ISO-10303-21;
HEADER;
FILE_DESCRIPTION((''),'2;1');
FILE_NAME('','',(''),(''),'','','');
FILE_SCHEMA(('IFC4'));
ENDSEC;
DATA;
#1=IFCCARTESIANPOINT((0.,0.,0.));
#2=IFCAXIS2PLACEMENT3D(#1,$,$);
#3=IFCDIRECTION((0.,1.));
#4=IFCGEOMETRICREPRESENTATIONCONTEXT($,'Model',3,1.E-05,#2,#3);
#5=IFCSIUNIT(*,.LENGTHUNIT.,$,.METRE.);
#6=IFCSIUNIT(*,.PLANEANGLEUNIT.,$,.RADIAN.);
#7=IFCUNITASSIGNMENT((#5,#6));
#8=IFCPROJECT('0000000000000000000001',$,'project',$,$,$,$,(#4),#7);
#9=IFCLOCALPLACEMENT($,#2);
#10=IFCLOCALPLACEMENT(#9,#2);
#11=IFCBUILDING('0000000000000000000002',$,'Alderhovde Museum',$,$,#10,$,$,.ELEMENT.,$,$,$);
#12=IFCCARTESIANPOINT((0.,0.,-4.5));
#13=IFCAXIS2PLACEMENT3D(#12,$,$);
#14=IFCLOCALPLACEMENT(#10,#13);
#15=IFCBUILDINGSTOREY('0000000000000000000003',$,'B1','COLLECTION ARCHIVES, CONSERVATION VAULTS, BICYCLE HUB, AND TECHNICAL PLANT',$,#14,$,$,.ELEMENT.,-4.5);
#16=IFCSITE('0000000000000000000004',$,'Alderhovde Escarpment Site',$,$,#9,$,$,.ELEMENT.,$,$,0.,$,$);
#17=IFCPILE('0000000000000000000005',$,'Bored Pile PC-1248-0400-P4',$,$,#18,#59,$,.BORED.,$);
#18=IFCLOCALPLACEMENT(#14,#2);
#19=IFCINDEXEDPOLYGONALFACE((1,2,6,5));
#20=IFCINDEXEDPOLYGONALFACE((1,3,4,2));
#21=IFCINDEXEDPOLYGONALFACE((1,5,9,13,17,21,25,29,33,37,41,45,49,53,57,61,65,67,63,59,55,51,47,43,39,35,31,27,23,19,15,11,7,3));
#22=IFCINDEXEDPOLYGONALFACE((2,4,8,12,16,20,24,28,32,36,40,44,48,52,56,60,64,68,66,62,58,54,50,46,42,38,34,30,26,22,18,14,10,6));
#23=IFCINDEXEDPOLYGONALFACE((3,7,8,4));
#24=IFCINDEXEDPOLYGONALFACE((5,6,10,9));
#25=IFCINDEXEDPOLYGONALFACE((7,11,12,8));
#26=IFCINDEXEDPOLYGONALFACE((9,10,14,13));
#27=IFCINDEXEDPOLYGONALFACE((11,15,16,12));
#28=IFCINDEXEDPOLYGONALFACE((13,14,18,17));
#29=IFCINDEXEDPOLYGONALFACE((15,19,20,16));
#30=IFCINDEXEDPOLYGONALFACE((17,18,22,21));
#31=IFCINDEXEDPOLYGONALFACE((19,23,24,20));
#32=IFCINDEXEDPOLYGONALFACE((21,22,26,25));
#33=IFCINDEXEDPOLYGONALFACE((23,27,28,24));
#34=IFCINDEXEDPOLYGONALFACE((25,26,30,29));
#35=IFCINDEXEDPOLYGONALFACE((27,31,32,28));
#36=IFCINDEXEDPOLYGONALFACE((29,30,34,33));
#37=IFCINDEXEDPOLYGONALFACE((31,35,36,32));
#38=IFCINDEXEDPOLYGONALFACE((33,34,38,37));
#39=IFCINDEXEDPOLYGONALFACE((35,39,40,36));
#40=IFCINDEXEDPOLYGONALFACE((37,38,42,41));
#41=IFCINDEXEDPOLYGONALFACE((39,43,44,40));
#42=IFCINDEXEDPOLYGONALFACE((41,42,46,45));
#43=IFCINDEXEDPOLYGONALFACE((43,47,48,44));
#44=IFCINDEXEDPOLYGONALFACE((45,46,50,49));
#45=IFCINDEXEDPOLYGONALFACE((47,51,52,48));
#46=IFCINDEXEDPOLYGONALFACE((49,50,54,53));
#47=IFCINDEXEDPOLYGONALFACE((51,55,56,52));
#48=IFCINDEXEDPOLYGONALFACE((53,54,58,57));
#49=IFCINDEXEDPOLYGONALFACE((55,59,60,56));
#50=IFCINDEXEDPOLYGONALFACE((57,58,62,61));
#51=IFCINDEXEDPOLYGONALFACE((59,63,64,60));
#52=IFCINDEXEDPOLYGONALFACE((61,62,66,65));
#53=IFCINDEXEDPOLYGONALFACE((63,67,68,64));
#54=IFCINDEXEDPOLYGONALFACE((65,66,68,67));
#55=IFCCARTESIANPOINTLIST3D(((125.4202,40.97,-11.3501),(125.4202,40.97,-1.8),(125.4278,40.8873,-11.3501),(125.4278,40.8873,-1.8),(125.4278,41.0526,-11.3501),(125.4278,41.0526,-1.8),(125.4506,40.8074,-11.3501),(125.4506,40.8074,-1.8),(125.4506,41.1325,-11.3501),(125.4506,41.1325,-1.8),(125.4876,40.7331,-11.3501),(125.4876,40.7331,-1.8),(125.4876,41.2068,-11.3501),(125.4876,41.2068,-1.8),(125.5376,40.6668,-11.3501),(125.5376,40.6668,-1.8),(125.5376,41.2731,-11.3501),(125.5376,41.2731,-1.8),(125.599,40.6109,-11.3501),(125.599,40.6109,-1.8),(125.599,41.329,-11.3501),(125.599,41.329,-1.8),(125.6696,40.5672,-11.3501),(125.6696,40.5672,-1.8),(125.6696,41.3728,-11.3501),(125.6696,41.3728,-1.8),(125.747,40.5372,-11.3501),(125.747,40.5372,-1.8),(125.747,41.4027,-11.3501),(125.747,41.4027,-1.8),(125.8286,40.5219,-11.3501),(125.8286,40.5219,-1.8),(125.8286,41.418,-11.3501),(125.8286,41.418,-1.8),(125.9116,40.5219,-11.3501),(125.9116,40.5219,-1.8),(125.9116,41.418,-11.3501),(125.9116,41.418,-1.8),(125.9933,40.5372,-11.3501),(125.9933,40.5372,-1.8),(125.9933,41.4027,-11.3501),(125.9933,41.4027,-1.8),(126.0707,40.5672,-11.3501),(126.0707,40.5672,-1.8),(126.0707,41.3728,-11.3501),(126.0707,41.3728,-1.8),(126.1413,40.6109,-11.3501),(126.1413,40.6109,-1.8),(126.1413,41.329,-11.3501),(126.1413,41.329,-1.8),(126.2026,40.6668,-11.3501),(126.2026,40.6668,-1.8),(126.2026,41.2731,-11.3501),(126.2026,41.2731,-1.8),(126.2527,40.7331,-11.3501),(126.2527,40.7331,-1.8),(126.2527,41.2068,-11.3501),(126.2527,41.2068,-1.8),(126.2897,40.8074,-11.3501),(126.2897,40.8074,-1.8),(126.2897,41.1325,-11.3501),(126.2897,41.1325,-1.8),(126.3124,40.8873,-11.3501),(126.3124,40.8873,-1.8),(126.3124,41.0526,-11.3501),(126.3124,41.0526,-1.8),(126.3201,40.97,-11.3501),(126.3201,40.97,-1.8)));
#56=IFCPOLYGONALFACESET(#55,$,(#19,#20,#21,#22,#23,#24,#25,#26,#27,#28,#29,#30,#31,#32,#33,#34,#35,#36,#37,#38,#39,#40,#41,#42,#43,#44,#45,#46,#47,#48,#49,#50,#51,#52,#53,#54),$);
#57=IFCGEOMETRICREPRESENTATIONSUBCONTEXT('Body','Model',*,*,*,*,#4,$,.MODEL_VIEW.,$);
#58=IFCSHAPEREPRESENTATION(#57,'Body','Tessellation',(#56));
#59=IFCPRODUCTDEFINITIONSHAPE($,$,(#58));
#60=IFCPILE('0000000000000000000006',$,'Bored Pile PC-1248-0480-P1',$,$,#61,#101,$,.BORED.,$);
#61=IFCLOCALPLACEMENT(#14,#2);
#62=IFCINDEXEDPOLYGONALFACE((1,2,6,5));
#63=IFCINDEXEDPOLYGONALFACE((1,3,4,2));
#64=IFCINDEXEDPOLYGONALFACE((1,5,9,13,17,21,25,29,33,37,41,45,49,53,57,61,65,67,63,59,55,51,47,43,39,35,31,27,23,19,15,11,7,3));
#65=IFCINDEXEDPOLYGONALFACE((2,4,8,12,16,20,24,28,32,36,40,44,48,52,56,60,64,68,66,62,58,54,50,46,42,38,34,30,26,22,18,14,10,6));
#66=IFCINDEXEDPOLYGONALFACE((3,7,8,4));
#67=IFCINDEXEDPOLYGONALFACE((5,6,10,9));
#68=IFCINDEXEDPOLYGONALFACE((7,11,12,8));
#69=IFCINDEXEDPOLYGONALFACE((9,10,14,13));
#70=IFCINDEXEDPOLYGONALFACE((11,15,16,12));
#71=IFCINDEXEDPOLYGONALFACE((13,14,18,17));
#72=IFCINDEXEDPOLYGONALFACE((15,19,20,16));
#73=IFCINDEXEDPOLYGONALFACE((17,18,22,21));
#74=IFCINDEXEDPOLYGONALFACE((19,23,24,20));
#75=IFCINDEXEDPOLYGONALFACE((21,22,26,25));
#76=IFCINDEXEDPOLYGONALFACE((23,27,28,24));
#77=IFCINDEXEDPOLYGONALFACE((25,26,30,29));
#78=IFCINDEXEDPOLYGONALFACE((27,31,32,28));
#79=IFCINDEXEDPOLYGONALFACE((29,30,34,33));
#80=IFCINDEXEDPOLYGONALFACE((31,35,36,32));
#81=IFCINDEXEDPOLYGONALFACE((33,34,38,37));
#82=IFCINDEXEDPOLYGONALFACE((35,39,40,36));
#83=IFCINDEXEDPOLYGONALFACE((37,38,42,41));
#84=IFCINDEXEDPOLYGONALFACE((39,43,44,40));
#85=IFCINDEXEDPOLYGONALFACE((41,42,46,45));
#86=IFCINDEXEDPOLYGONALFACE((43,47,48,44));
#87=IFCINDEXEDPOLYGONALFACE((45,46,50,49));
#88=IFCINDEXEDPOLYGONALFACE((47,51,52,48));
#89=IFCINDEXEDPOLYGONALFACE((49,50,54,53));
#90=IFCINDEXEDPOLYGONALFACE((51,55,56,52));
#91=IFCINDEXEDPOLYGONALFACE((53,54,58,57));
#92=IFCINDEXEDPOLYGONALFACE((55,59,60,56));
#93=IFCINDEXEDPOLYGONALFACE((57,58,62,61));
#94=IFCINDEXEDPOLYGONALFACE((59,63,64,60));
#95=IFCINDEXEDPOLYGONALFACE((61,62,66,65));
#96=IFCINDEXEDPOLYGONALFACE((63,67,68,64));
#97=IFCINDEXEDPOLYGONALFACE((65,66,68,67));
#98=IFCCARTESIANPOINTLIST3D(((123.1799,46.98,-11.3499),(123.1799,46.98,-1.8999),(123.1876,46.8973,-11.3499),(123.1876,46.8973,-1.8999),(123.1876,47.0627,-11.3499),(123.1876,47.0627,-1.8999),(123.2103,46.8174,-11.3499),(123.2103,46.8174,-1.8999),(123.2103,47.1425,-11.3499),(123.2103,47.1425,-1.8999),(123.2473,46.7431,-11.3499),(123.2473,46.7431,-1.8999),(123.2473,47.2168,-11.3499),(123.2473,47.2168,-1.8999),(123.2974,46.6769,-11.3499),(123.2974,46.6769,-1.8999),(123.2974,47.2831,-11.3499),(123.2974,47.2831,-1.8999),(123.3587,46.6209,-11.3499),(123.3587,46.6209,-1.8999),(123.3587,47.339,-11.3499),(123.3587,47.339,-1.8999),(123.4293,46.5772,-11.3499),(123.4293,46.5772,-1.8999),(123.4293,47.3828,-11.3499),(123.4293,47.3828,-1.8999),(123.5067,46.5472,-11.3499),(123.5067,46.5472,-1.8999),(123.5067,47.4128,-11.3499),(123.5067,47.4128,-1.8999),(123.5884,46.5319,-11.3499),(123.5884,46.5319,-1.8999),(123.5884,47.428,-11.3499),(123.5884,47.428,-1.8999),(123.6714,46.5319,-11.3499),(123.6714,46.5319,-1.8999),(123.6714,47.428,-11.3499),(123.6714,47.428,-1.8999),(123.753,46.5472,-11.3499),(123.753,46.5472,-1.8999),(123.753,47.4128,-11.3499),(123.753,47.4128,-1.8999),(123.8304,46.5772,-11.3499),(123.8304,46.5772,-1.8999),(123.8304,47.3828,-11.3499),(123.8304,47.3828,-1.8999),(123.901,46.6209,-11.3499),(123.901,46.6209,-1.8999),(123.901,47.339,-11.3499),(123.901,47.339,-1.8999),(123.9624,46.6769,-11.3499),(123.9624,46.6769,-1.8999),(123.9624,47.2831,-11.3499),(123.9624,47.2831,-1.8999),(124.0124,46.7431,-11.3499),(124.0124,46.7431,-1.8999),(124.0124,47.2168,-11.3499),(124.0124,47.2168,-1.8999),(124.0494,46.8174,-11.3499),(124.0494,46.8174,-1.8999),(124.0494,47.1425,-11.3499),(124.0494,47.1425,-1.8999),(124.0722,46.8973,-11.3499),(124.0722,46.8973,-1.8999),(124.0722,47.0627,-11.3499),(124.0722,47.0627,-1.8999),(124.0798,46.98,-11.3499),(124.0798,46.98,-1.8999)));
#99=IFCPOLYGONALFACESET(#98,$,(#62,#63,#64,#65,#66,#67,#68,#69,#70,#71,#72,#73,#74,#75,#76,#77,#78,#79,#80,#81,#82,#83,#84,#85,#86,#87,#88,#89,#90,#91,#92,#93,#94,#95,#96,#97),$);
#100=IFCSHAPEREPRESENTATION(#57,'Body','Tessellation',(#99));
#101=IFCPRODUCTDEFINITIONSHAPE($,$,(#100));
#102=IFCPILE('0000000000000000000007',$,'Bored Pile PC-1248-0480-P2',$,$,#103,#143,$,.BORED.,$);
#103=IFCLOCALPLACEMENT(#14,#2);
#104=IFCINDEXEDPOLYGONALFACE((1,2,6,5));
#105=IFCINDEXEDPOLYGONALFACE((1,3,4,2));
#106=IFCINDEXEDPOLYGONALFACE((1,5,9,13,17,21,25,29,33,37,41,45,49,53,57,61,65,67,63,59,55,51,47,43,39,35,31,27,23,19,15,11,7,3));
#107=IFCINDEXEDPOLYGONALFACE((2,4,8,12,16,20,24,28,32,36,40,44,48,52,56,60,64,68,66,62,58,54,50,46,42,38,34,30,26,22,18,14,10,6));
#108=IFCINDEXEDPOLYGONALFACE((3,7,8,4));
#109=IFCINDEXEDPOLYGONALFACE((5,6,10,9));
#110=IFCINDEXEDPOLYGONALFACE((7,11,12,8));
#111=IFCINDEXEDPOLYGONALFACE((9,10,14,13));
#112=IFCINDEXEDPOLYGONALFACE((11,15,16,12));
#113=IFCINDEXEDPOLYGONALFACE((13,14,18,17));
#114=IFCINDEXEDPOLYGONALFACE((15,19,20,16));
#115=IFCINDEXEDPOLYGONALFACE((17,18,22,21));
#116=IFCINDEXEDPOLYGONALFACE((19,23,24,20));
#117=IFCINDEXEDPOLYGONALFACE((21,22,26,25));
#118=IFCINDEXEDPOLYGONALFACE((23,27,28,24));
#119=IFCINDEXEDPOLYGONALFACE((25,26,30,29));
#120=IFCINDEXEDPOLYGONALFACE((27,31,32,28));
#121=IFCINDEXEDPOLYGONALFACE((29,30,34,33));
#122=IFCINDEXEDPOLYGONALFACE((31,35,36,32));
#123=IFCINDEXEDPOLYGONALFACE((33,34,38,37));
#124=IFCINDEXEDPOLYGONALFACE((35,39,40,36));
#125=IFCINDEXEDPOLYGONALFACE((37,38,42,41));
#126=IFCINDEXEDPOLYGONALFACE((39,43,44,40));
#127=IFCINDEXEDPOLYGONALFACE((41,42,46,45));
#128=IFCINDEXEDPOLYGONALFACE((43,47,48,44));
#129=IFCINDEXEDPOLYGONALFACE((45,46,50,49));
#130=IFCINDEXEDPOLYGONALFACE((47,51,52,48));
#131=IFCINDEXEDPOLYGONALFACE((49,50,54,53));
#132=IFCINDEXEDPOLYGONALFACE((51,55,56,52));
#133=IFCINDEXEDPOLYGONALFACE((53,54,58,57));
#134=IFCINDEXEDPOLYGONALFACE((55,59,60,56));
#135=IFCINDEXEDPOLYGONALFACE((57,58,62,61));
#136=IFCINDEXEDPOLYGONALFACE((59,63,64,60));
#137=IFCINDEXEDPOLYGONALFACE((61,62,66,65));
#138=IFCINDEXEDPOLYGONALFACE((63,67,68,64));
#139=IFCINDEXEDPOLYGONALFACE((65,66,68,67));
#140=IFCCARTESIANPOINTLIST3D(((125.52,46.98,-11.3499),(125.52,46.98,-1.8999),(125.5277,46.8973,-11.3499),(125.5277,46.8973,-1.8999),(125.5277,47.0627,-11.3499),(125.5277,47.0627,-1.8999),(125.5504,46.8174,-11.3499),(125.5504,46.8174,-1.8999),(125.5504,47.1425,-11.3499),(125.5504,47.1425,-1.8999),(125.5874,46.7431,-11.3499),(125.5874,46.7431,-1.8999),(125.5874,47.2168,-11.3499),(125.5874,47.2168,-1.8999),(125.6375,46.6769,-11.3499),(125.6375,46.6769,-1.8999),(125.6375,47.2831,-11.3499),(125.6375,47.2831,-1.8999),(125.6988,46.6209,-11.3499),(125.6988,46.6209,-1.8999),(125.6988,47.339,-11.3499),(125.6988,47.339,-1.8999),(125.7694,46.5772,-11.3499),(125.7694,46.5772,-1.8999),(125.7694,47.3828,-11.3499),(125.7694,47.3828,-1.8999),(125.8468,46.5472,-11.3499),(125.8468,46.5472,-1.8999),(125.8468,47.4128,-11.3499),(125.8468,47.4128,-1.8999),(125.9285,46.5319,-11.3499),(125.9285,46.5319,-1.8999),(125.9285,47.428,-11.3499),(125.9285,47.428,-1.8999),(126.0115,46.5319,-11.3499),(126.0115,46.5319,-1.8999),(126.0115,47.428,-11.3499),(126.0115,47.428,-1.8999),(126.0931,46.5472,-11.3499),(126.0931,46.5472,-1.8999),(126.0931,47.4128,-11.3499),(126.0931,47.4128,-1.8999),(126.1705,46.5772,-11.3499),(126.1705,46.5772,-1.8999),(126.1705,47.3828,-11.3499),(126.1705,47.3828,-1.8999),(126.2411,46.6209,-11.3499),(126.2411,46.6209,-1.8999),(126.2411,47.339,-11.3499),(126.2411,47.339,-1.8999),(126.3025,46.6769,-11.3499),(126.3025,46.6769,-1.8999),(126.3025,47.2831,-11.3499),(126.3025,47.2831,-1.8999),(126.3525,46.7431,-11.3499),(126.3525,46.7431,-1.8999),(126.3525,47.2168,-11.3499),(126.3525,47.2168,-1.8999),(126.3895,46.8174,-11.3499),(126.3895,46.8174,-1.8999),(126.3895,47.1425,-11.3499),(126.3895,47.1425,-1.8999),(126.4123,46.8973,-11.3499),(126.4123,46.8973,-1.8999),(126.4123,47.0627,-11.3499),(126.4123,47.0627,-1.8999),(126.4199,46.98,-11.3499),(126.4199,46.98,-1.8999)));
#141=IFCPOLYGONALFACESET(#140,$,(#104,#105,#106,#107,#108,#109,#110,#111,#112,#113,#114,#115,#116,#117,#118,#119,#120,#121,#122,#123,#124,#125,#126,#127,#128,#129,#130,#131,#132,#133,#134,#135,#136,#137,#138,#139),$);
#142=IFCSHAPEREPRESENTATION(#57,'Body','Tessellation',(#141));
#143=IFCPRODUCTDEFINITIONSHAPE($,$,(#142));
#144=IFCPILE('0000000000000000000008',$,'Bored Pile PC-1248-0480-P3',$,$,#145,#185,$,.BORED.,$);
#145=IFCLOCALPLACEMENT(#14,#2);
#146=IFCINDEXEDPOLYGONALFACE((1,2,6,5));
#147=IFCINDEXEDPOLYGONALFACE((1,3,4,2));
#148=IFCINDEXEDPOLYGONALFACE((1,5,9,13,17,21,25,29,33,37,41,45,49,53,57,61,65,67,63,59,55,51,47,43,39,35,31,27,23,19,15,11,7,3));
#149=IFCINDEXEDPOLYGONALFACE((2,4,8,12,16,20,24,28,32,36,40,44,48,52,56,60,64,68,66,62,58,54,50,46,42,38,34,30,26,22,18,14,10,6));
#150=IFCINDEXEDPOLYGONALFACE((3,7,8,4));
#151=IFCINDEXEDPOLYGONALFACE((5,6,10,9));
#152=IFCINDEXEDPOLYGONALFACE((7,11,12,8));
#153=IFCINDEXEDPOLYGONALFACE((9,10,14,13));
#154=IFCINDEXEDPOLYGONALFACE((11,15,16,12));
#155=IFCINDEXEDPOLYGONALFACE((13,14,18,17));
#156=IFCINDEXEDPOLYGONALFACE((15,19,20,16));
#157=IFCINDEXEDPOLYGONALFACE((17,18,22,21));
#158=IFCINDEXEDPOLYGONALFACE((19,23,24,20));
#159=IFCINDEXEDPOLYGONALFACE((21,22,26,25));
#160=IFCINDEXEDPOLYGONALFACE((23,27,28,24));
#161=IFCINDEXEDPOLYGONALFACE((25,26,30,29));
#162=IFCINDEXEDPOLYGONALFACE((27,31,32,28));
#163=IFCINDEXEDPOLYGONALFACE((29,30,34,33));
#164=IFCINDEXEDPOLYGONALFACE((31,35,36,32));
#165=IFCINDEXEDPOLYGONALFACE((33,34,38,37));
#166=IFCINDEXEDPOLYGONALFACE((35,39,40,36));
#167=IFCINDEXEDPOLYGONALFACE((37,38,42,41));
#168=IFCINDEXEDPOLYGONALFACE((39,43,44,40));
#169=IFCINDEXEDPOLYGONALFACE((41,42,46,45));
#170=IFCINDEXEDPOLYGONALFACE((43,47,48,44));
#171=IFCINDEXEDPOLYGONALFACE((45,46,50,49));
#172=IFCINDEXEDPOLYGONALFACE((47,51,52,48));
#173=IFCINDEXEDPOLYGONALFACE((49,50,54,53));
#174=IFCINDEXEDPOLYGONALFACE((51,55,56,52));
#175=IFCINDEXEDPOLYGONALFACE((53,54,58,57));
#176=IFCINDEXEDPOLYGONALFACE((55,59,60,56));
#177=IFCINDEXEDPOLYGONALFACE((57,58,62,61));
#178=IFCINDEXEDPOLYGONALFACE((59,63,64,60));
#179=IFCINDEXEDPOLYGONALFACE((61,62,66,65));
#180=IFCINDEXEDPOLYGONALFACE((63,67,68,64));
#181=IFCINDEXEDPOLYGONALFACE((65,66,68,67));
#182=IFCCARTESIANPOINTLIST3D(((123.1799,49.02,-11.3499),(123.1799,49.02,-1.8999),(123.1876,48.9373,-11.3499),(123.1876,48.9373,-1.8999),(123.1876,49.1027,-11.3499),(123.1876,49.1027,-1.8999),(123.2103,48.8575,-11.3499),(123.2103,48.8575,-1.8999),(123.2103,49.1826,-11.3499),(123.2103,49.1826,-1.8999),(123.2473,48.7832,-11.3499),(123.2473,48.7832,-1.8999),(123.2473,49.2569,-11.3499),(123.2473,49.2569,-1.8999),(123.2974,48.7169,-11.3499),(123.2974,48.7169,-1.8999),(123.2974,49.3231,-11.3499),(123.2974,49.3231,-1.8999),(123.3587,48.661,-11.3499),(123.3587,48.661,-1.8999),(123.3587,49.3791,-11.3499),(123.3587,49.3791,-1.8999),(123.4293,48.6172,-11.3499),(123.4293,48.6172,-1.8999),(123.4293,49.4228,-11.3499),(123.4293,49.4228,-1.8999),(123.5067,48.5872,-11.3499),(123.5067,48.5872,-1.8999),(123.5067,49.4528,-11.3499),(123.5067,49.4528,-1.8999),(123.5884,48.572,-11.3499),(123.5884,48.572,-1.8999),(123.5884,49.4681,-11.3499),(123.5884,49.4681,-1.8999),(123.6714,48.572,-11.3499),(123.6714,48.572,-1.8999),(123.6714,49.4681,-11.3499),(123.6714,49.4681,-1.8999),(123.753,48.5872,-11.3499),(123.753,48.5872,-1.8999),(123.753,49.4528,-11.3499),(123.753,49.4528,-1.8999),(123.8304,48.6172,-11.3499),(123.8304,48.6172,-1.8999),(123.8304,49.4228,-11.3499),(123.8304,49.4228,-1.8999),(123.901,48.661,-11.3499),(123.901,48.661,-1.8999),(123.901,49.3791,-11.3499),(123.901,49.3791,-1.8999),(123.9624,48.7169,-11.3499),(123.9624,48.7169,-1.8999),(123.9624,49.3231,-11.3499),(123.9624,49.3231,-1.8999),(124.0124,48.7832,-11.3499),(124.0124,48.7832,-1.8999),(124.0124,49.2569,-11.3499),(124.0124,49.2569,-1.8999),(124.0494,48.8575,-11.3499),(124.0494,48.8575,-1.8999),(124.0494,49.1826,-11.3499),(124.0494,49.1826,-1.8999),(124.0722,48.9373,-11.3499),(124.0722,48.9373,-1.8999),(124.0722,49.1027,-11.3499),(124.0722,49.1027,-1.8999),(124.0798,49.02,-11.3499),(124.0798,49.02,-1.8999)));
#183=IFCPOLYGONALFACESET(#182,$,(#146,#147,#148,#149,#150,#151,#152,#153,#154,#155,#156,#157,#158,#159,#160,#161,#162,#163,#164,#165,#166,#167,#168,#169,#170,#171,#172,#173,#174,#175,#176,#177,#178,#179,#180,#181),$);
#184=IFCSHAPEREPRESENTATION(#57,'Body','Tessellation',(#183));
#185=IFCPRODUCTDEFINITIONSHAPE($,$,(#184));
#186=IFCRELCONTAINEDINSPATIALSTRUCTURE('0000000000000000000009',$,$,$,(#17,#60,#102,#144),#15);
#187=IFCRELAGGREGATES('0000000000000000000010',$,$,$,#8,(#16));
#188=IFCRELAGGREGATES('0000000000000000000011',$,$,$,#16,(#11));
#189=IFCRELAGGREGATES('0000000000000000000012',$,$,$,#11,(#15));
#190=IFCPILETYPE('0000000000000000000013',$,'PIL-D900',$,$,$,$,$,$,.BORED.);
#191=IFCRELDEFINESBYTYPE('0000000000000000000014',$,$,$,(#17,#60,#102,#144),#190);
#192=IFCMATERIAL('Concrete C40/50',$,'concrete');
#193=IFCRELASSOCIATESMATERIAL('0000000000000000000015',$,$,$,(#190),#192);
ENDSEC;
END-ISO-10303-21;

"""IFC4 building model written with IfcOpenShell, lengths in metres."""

from ifc_helpers import new_model, si_unit, direction, frame, origin, origin_2d, place, context, subcontext, project, spatial, circle, extrude, material, material_profile, profile_set, type_object, element, save


model = new_model("IFC4")

# Units and contexts
model_context = context("Model", 3, precision=1e-05, world=origin(), true_north=direction((0.0, 1.0)))
body_context = subcontext(model_context, "Body", "Model", "MODEL_VIEW")
ifc_project = project(units=[si_unit("LENGTHUNIT", "METRE"), si_unit("PLANEANGLEUNIT", "RADIAN")], contexts=[model_context])

# Site, building, storey
site_placement = place(None, origin())
site = spatial("IfcSite", under=ifc_project, at=site_placement, Name="Alderhovde Escarpment Site", CompositionType="ELEMENT", RefElevation=0.0)
building_placement = place(site_placement, origin())
building = spatial("IfcBuilding", under=site, at=building_placement, Name="Alderhovde Museum", CompositionType="ELEMENT")
storey_placement = place(building_placement, frame((0.0, 0.0, -4.5)))
storey = spatial("IfcBuildingStorey", under=building, at=storey_placement, Name="B1", Description="COLLECTION ARCHIVES, CONSERVATION VAULTS, BICYCLE HUB, AND TECHNICAL PLANT", CompositionType="ELEMENT", Elevation=-4.5)

# Piles
ifc_material_1 = material(Name="Concrete C40/50", Category="concrete")
ifc_material_profile_1 = material_profile(ifc_material_1, circle(Radius=0.45, at=origin_2d()), Name="PILE-D900")
ifc_profile_set_1 = profile_set([ifc_material_profile_1], Name="Concrete C40/50")
pile_type_1 = type_object("IfcPileType", Name="PIL-D900", PredefinedType="BORED", material=ifc_profile_set_1)
for number, where, z_axis, x_axis, name in (
    (1, (125.8701, 40.97, -1.8), (0.0, 0.0, -1.0), (1.0, 0.0, 0.0), "Bored Pile PC-1248-0400-P4"),
):
    element("IfcPile", number, at=place(storey_placement, frame(where, z_axis=z_axis, x_axis=x_axis)), inside=storey, type_object=pile_type_1, Name=name, PredefinedType="BORED", context=body_context, shape_type="SweptSolid", body=[
        extrude(circle(Radius=0.45, at=origin_2d()), origin(), (0.0, 0.0, 1.0), 9.55),
    ])
for number, where, z_axis, x_axis, name in (
    (2, (123.6299, 46.98, -1.8999), (0.0, 0.0, -1.0), (1.0, 0.0, 0.0), "Bored Pile PC-1248-0480-P1"),
    (3, (125.97, 46.98, -1.8999), (0.0, 0.0, -1.0), (1.0, 0.0, 0.0), "Bored Pile PC-1248-0480-P2"),
    (4, (123.6299, 49.02, -1.8999), (0.0, 0.0, -1.0), (1.0, 0.0, 0.0), "Bored Pile PC-1248-0480-P3"),
):
    element("IfcPile", number, at=place(storey_placement, frame(where, z_axis=z_axis, x_axis=x_axis)), inside=storey, type_object=pile_type_1, Name=name, PredefinedType="BORED", context=body_context, shape_type="SweptSolid", body=[
        extrude(circle(Radius=0.45, at=origin_2d()), origin(), (0.0, 0.0, 1.0), 9.45),
    ])

save(model, "model.ifc")
